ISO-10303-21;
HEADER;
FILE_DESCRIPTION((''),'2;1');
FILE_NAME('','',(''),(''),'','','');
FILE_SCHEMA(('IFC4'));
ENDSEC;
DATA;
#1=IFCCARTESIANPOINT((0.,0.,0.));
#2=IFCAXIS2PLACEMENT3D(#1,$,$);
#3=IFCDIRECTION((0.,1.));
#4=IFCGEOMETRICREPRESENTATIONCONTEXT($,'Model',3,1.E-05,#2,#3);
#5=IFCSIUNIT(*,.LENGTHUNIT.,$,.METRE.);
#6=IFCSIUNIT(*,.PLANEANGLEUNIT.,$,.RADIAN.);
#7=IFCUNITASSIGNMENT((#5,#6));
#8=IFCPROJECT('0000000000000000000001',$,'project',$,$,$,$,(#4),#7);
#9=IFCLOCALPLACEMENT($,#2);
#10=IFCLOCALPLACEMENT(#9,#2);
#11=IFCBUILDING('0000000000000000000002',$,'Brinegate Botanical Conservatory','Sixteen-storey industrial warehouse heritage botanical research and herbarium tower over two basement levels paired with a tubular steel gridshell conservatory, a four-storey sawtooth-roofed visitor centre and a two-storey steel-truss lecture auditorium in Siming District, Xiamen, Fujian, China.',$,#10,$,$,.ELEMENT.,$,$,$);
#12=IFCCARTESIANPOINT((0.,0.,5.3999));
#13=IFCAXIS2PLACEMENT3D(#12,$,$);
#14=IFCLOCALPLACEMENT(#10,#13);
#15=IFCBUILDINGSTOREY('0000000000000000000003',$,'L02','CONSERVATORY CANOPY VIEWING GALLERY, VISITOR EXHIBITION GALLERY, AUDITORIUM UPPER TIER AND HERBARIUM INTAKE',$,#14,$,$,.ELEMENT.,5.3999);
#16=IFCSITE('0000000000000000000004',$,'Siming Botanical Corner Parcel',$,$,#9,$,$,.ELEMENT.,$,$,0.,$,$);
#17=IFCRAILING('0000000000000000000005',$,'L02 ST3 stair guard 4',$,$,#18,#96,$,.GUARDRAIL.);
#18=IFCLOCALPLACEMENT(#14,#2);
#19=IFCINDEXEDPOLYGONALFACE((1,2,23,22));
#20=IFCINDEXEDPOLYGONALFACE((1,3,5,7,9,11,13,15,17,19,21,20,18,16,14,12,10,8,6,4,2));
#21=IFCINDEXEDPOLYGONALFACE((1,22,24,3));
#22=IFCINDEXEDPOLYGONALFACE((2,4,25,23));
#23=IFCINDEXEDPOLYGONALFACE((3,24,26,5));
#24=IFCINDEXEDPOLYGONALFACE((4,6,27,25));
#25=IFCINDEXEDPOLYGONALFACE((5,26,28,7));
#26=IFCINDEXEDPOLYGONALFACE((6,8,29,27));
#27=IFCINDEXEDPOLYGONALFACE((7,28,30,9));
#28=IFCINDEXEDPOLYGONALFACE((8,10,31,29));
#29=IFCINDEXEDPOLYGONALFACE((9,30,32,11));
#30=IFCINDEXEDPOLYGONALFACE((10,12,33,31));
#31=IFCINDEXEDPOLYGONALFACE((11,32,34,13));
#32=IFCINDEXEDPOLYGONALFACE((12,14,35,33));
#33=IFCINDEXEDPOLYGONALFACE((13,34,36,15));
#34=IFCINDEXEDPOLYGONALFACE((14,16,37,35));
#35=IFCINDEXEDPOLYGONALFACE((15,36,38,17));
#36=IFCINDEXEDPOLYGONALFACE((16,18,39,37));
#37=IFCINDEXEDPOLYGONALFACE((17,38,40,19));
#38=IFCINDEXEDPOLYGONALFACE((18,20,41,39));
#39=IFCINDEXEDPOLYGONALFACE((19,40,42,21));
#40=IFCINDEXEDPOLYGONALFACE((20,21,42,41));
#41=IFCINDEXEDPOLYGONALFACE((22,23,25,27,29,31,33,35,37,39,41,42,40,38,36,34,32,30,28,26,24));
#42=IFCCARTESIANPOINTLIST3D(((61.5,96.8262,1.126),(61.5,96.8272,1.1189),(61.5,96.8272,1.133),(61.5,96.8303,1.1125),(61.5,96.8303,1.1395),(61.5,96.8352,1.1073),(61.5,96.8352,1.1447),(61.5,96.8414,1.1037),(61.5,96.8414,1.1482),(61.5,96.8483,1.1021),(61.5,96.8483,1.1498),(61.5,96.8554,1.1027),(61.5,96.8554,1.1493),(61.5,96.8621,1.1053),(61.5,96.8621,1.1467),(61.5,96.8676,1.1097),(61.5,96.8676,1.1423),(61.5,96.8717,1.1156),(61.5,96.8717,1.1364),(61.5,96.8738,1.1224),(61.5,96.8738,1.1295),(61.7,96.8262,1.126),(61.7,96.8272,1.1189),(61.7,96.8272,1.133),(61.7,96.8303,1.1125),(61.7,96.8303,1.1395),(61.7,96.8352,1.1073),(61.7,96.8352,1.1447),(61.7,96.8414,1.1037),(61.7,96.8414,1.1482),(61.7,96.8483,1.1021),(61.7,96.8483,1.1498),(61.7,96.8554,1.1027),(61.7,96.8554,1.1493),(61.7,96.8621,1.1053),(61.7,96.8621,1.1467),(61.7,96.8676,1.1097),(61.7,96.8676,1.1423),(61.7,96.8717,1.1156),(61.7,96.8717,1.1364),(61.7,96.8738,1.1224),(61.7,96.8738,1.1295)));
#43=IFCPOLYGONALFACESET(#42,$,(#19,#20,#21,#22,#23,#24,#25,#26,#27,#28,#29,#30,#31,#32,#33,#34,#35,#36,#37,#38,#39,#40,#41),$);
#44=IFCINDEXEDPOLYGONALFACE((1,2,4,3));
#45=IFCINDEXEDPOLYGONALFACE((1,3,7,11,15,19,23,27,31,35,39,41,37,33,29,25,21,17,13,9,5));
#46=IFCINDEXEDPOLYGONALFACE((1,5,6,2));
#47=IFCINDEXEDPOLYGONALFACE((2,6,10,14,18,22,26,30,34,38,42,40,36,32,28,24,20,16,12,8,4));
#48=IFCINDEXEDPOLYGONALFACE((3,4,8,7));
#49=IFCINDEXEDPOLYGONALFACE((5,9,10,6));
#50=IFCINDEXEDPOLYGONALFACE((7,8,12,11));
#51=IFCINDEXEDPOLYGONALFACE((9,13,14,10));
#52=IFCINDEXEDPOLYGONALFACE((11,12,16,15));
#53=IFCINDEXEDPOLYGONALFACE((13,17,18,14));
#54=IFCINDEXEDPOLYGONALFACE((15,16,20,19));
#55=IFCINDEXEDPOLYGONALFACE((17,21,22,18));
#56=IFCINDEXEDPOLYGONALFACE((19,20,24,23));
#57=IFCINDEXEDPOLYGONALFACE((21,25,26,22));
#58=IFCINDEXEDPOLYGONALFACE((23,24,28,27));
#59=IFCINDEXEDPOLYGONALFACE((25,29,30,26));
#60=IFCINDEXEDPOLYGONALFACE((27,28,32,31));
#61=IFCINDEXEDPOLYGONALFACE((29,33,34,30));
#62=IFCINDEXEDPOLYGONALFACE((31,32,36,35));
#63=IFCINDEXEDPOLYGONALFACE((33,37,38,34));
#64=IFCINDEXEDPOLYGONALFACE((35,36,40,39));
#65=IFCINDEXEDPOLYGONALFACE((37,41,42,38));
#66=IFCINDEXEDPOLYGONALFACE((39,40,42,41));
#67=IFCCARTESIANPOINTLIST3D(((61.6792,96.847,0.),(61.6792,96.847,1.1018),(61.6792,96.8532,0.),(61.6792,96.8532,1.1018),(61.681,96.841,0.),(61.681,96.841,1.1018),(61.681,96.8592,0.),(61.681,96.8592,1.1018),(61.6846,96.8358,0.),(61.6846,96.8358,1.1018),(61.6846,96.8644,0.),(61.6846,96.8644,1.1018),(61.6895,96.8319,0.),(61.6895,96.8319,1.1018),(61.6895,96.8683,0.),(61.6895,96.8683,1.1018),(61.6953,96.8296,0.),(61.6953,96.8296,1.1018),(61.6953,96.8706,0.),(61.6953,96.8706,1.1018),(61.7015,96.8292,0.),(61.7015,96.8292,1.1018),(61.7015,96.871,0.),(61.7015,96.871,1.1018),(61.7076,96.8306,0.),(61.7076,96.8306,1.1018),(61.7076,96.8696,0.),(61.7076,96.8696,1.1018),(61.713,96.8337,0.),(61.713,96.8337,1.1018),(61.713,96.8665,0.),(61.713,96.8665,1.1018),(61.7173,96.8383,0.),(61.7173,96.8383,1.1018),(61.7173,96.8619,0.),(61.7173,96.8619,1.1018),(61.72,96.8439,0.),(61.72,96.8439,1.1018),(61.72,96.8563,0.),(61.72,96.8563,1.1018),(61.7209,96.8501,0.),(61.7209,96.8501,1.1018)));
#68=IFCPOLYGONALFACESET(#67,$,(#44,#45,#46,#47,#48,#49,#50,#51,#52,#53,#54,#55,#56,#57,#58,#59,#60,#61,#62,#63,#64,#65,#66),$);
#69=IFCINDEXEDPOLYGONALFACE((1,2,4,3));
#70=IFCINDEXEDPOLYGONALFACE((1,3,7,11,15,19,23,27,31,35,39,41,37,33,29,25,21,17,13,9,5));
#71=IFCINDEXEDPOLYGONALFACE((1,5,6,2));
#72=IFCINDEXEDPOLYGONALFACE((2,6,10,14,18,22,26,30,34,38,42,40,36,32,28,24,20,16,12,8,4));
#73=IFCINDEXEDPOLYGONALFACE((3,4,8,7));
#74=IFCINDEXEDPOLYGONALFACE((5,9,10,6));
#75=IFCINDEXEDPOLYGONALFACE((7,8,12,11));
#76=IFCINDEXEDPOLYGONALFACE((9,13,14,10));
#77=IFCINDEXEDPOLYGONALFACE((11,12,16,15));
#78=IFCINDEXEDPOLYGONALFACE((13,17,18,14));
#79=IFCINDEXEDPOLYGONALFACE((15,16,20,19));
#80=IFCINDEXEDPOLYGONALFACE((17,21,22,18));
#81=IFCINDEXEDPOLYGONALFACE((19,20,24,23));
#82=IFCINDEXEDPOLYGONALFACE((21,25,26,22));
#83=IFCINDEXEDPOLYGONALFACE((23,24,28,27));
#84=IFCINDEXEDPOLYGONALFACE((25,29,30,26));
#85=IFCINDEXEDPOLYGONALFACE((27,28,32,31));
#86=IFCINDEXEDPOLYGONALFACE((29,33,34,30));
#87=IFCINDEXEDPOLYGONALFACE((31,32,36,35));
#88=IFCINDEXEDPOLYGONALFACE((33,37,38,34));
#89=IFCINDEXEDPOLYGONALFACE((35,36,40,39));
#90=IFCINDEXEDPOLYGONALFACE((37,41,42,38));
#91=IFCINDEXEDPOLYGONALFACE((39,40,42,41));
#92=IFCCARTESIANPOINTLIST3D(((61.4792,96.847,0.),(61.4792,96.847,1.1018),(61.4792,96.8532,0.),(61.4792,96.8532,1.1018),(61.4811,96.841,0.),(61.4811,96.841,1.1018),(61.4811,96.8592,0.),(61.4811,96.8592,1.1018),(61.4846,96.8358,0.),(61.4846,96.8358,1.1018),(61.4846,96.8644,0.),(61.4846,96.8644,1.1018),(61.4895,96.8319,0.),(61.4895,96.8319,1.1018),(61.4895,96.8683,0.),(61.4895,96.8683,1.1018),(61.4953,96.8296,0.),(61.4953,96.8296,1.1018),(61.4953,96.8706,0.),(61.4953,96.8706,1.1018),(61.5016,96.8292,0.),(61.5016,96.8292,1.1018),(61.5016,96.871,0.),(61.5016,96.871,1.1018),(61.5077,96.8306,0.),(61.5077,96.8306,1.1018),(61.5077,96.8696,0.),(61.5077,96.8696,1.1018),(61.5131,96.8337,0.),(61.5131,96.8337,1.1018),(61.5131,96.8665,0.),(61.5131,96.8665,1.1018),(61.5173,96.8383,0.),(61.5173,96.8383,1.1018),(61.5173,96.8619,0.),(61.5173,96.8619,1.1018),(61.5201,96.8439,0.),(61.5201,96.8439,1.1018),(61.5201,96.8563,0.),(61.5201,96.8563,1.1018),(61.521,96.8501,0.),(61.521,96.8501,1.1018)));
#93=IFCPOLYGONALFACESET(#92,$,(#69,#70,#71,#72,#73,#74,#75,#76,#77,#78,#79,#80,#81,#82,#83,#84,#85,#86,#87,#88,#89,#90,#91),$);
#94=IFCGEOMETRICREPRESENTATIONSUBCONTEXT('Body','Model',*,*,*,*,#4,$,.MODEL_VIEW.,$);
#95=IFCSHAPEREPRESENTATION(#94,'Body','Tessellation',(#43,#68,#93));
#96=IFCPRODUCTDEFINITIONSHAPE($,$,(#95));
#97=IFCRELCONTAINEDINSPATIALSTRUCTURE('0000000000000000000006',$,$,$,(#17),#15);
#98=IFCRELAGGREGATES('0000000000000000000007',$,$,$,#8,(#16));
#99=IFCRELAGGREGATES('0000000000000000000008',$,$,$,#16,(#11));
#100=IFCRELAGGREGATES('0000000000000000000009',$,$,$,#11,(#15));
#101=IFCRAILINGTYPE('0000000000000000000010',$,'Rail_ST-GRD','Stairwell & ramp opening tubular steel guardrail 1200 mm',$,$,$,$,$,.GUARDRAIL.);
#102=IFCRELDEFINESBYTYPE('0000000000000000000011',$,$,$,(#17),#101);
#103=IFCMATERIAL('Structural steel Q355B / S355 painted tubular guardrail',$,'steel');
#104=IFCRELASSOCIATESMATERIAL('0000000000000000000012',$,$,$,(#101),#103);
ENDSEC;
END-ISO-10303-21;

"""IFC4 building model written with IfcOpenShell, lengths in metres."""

from ifc_helpers import new_model, si_unit, direction, frame, origin, origin_2d, place, context, subcontext, project, spatial, circle, extrude, material, type_object, element, save


model = new_model("IFC4")

# Units and contexts
model_context = context("Model", 3, precision=1e-05, world=origin(), true_north=direction((0.0, 1.0)))
body_context = subcontext(model_context, "Body", "Model", "MODEL_VIEW")
ifc_project = project(units=[si_unit("LENGTHUNIT", "METRE"), si_unit("PLANEANGLEUNIT", "RADIAN")], contexts=[model_context])

# Site, building, storey
site_placement = place(None, origin())
site = spatial("IfcSite", under=ifc_project, at=site_placement, Name="Siming Botanical Corner Parcel", CompositionType="ELEMENT", RefElevation=0.0)
building_placement = place(site_placement, origin())
building = spatial("IfcBuilding", under=site, at=building_placement, Name="Brinegate Botanical Conservatory", Description="Sixteen-storey industrial warehouse heritage botanical research and herbarium tower over two basement levels paired with a tubular steel gridshell conservatory, a four-storey sawtooth-roofed visitor centre and a two-storey steel-truss lecture auditorium in Siming District, Xiamen, Fujian, China.", CompositionType="ELEMENT")
storey_placement = place(building_placement, frame((0.0, 0.0, 5.3999)))
storey = spatial("IfcBuildingStorey", under=building, at=storey_placement, Name="L02", Description="CONSERVATORY CANOPY VIEWING GALLERY, VISITOR EXHIBITION GALLERY, AUDITORIUM UPPER TIER AND HERBARIUM INTAKE", CompositionType="ELEMENT", Elevation=5.3999)

# Railing
ifc_material_1 = material(Name="Structural steel Q355B / S355 painted tubular guardrail", Category="steel")
railing_type_1 = type_object("IfcRailingType", Name="Rail_ST-GRD", Description="Stairwell & ramp opening tubular steel guardrail 1200 mm", PredefinedType="GUARDRAIL", material=ifc_material_1)
railing_1_placement = place(storey_placement, frame((61.7, 96.8501, 0.0)))
element("IfcRailing", 1, at=railing_1_placement, inside=storey, type_object=railing_type_1, Name="L02 ST3 stair guard 4", PredefinedType="GUARDRAIL", context=body_context, shape_type="SweptSolid", body=[
    extrude(circle(Radius=0.0239, at=origin_2d()), frame((0.0, 0.0, 1.126), z_axis=(-1.0, 0.0, 0.0), x_axis=(0.0, -1.0, 0.0)), (0.0, 0.0, 1.0), 0.2),
    extrude(circle(Radius=0.021, at=origin_2d()), origin(), (0.0, 0.0, 1.0), 1.1018),
    extrude(circle(Radius=0.021, at=origin_2d()), frame((-0.2, 0.0, 0.0)), (0.0, 0.0, 1.0), 1.1018),
])

save(model, "model.ifc")
